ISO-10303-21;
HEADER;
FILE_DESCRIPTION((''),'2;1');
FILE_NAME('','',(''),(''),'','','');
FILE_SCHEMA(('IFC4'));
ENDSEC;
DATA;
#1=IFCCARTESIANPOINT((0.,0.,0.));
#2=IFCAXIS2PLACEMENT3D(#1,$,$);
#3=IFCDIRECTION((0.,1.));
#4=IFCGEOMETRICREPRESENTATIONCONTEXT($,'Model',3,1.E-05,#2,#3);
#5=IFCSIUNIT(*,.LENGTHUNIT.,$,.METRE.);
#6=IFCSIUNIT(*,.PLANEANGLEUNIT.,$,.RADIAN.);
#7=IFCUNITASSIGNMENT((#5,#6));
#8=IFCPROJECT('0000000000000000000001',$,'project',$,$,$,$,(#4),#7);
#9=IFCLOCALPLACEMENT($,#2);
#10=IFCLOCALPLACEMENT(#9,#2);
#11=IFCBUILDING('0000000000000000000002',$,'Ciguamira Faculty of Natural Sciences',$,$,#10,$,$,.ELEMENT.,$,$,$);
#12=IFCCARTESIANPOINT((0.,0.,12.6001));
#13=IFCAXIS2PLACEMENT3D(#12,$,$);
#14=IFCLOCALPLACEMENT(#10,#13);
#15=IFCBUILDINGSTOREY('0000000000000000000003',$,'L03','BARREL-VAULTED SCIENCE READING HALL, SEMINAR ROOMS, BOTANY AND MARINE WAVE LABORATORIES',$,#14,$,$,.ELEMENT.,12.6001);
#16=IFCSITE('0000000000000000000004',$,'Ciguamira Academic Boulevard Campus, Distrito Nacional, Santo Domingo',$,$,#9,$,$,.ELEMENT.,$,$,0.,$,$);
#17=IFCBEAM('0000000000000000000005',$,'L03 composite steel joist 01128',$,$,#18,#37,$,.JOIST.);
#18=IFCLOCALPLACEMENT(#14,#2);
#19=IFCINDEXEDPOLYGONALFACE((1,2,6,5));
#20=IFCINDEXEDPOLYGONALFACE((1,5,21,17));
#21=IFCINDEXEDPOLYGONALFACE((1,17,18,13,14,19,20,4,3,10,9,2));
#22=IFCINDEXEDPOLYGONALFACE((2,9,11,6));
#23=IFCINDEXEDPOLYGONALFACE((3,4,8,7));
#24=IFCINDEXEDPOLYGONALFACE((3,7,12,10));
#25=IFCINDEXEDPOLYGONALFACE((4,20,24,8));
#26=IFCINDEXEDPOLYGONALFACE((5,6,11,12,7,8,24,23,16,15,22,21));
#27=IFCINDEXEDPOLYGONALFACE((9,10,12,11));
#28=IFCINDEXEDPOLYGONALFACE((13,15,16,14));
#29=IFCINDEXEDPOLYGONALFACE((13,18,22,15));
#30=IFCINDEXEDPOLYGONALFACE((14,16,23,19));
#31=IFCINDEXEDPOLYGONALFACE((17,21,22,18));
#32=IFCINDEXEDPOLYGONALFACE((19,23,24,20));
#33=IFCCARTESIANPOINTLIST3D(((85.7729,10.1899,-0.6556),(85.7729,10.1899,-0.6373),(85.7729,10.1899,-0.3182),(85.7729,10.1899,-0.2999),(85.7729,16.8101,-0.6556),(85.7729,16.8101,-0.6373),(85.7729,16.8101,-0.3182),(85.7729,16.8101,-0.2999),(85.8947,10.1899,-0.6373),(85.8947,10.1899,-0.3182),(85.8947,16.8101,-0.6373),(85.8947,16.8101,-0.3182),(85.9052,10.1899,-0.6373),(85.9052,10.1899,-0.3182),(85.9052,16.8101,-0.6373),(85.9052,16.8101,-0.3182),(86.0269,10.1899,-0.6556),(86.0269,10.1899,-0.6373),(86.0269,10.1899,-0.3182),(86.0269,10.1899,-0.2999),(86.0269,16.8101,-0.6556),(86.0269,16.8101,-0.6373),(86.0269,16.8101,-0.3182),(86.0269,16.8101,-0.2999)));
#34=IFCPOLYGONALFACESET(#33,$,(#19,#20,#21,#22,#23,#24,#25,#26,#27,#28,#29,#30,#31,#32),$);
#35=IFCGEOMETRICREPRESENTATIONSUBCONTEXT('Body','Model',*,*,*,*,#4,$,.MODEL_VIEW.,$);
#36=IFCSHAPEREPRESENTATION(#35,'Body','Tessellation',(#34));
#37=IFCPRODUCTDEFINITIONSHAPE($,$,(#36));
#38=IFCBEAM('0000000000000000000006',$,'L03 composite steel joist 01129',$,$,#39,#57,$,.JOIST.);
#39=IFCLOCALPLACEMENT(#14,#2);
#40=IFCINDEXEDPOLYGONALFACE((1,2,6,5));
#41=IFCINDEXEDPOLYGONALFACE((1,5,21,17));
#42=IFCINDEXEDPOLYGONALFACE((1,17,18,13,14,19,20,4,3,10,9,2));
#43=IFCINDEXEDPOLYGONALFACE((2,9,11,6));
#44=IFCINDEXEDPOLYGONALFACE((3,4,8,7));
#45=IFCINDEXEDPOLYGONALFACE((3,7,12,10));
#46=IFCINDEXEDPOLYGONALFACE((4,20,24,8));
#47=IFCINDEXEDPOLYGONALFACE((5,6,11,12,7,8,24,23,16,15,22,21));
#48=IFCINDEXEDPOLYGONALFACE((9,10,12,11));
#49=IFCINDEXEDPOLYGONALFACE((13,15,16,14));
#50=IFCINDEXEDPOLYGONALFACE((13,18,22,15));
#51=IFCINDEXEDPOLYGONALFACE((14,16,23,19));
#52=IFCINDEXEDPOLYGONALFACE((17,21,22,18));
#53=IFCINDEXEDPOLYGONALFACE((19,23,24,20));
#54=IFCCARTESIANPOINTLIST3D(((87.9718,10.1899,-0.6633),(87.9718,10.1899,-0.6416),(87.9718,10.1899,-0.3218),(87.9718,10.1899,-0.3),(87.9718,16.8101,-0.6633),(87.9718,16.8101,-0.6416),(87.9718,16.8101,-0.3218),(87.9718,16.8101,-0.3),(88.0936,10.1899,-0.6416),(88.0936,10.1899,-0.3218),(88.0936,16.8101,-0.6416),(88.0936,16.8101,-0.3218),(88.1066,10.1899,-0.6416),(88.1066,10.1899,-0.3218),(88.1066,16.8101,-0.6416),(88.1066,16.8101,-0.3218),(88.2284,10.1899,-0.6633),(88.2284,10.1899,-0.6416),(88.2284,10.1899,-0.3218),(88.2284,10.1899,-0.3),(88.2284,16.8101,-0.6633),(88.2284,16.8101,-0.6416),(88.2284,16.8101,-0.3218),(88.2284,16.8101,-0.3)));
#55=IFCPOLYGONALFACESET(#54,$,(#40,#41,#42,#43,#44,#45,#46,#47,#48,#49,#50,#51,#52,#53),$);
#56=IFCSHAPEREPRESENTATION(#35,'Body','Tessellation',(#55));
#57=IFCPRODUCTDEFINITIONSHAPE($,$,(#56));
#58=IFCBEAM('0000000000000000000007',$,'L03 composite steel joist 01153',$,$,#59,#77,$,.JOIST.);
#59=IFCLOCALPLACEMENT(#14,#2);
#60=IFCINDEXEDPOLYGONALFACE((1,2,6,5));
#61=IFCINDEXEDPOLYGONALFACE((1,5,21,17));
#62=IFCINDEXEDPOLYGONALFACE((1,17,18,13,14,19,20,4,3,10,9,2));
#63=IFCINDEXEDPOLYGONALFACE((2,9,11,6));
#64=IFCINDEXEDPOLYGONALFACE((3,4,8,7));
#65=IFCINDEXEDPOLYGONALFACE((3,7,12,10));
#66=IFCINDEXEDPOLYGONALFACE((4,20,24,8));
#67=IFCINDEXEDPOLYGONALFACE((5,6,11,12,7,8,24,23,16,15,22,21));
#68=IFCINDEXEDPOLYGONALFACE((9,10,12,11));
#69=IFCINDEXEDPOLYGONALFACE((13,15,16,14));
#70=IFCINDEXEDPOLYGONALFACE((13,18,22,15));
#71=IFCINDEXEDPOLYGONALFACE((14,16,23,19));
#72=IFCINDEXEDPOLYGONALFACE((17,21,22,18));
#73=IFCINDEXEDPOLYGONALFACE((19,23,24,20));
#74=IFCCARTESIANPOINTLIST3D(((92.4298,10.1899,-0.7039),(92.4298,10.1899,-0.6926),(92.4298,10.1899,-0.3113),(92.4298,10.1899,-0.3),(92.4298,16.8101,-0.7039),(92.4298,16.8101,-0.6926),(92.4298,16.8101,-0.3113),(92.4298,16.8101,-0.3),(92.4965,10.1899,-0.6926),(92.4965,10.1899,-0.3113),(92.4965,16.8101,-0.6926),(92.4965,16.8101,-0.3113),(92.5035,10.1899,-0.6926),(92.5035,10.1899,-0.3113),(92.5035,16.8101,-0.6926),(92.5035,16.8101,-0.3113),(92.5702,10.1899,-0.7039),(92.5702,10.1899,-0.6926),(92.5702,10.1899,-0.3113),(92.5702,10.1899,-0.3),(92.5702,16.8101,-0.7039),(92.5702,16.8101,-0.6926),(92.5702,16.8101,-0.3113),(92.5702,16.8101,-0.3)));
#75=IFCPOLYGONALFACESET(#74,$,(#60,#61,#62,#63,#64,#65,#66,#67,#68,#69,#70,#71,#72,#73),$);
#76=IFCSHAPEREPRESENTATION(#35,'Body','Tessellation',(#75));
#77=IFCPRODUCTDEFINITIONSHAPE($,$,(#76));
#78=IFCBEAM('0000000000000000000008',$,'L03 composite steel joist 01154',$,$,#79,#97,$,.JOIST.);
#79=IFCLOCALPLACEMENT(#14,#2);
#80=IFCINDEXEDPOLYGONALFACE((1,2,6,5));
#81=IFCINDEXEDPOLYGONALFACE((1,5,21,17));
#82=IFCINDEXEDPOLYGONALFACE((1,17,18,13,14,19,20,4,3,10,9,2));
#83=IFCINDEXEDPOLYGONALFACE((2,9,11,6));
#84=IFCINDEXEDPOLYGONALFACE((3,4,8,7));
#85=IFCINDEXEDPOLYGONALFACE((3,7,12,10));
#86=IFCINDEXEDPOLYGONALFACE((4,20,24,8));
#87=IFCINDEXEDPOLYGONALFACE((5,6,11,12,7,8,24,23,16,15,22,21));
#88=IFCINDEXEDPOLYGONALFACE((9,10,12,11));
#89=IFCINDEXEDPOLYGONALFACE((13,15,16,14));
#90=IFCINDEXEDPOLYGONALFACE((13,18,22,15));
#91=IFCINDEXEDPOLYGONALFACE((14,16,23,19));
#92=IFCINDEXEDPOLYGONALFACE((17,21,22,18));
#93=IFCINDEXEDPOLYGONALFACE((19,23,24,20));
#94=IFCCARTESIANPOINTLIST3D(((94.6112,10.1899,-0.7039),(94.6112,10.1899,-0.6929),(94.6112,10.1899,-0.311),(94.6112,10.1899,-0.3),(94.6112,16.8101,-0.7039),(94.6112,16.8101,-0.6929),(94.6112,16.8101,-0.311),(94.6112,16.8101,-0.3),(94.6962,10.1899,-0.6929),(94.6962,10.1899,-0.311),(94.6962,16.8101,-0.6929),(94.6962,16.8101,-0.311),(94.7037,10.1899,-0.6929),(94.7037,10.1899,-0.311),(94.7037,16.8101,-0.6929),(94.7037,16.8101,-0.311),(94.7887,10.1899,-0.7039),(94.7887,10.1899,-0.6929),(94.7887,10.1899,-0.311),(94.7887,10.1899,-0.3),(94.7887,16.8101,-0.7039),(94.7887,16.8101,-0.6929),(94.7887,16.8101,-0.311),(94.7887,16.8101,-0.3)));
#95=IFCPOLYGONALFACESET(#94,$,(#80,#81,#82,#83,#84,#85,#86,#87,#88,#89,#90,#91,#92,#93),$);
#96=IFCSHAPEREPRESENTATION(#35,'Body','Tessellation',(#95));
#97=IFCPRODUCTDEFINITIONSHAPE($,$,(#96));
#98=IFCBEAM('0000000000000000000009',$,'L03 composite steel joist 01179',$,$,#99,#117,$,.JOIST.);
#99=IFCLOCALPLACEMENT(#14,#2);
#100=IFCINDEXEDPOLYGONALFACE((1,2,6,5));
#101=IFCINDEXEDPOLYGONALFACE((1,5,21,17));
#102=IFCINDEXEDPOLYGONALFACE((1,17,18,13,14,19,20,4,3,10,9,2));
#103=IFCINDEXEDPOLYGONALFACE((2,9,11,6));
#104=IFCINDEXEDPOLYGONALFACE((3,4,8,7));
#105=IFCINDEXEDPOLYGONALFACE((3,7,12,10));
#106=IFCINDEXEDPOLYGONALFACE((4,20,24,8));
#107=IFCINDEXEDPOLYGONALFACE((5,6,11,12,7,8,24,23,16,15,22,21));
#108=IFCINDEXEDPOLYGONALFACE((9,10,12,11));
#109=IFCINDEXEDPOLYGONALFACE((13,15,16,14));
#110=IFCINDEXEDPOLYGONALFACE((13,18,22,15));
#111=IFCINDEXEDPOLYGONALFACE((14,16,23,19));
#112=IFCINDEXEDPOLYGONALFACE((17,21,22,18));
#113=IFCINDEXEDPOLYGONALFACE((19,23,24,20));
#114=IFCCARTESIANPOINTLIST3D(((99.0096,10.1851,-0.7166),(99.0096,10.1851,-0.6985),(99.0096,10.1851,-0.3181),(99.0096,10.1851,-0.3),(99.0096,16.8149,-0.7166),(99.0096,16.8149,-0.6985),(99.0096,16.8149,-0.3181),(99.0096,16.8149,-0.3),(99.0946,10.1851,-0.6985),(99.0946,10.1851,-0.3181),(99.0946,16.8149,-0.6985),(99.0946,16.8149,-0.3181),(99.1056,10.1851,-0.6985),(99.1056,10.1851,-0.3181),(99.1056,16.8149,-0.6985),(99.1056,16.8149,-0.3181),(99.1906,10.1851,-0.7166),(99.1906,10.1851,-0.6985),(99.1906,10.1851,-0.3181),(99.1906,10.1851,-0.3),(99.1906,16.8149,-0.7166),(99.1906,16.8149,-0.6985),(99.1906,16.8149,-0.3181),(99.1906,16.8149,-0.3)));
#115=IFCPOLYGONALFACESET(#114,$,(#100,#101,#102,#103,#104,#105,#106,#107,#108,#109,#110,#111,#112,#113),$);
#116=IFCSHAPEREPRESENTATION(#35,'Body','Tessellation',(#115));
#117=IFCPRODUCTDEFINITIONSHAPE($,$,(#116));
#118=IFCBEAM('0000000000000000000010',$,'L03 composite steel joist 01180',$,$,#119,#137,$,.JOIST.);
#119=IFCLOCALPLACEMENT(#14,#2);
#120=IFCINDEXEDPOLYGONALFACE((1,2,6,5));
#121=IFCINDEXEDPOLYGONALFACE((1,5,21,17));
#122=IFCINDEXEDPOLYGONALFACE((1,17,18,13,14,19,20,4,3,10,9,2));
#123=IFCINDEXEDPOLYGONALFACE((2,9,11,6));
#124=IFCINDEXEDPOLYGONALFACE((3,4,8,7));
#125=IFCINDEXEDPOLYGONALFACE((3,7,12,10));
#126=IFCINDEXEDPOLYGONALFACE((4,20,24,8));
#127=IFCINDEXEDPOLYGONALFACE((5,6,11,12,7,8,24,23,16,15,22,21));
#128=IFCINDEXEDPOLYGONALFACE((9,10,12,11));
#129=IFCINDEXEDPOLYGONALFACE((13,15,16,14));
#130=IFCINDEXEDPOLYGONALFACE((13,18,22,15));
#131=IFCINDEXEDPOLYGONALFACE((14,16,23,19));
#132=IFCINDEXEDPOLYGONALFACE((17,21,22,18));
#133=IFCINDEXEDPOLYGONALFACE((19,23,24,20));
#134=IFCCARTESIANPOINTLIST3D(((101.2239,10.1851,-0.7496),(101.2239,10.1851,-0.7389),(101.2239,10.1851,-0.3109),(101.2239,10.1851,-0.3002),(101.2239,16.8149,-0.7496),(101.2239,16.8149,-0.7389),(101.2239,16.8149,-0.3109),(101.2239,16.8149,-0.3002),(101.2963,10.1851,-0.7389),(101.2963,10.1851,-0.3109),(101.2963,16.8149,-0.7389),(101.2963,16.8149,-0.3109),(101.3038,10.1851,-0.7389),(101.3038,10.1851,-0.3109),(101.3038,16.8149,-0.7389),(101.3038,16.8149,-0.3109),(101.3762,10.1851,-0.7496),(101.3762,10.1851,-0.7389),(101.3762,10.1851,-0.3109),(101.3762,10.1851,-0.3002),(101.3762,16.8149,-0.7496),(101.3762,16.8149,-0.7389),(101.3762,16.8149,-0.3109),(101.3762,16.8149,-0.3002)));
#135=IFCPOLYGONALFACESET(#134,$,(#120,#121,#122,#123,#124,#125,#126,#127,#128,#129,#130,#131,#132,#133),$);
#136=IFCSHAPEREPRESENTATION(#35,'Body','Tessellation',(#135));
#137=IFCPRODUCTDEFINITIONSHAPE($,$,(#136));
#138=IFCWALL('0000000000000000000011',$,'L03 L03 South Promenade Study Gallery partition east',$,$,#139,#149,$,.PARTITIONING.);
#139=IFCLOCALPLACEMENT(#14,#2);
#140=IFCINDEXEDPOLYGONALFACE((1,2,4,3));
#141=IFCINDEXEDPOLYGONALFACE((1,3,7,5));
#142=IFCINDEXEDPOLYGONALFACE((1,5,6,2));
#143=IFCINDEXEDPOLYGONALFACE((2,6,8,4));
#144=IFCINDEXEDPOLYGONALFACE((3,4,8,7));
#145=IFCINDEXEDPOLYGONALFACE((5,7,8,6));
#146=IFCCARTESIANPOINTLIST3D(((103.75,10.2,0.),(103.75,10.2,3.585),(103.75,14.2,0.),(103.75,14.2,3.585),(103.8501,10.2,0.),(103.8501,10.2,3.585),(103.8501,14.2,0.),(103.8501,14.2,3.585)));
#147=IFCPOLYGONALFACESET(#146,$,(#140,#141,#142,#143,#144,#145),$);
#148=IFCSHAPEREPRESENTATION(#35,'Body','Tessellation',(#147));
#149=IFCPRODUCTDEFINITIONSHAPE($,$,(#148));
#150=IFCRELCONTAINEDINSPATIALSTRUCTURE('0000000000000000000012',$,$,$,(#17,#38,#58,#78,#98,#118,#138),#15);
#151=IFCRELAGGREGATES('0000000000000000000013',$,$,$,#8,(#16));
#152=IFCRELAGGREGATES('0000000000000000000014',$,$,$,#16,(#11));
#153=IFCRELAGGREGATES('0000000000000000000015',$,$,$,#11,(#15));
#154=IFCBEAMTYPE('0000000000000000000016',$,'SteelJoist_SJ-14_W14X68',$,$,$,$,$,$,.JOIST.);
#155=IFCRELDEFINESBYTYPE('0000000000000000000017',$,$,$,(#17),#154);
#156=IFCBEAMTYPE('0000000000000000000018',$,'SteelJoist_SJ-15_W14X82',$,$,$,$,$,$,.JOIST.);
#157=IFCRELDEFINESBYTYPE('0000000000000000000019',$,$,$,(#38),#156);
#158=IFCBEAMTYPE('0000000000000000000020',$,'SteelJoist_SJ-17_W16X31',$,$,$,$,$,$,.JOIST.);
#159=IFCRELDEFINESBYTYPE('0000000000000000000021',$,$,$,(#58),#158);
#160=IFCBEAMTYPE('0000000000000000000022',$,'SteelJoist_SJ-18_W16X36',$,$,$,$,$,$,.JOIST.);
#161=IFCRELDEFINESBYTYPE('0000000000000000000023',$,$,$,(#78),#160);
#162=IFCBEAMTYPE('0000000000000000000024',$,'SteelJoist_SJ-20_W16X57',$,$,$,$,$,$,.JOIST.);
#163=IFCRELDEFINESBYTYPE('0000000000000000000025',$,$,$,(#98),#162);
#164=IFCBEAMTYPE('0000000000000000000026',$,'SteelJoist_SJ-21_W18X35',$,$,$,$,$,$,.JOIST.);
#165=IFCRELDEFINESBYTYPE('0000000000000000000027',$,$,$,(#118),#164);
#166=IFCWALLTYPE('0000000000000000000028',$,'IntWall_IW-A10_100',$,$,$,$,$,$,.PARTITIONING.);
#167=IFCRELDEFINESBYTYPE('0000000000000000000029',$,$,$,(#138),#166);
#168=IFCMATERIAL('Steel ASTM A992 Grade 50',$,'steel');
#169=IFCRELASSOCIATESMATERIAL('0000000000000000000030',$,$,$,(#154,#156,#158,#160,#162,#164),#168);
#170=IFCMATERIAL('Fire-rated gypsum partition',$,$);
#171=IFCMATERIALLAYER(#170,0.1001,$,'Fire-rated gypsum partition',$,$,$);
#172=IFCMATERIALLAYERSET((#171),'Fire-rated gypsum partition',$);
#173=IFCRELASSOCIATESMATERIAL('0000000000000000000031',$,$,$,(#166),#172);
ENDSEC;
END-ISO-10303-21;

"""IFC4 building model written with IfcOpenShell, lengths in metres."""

from ifc_helpers import new_model, si_unit, direction, frame, frame_2d, origin, origin_2d, place, context, subcontext, project, spatial, rectangle, i_section, extrude, material, layer, layer_set, material_profile, profile_set, type_object, element, save


model = new_model("IFC4")

# Units and contexts
model_context = context("Model", 3, precision=1e-05, world=origin(), true_north=direction((0.0, 1.0)))
body_context = subcontext(model_context, "Body", "Model", "MODEL_VIEW")
ifc_project = project(units=[si_unit("LENGTHUNIT", "METRE"), si_unit("PLANEANGLEUNIT", "RADIAN")], contexts=[model_context])

# Site, building, storey
site_placement = place(None, origin())
site = spatial("IfcSite", under=ifc_project, at=site_placement, Name="Ciguamira Academic Boulevard Campus, Distrito Nacional, Santo Domingo", CompositionType="ELEMENT", RefElevation=0.0)
building_placement = place(site_placement, origin())
building = spatial("IfcBuilding", under=site, at=building_placement, Name="Ciguamira Faculty of Natural Sciences", CompositionType="ELEMENT")
storey_placement = place(building_placement, frame((0.0, 0.0, 12.6001)))
storey = spatial("IfcBuildingStorey", under=building, at=storey_placement, Name="L03", Description="BARREL-VAULTED SCIENCE READING HALL, SEMINAR ROOMS, BOTANY AND MARINE WAVE LABORATORIES", CompositionType="ELEMENT", Elevation=12.6001)

# Beams
ifc_material_1 = material(Name="Steel ASTM A992 Grade 50", Category="steel")
ifc_material_profile_1 = material_profile(ifc_material_1, i_section(OverallWidth=0.2539, OverallDepth=0.3557, WebThickness=0.0105, FlangeThickness=0.0183, at=origin_2d()), Name="W14X68")
ifc_profile_set_1 = profile_set([ifc_material_profile_1], Name="Steel ASTM A992 Grade 50")
beam_type_1 = type_object("IfcBeamType", Name="SteelJoist_SJ-14_W14X68", PredefinedType="JOIST", material=ifc_profile_set_1)
beam_1_placement = place(storey_placement, frame((85.8999, 10.1899, -0.4778), z_axis=(0.0, 1.0, 0.0), x_axis=(-1.0, 0.0, 0.0)))
element("IfcBeam", 1, at=beam_1_placement, inside=storey, type_object=beam_type_1, Name="L03 composite steel joist 01128", PredefinedType="JOIST", context=body_context, shape_type="SweptSolid", body=[
    extrude(i_section(OverallWidth=0.2539, OverallDepth=0.3557, WebThickness=0.0105, FlangeThickness=0.0183, at=origin_2d()), origin(), (0.0, 0.0, 1.0), 6.6201),
])
ifc_material_profile_2 = material_profile(ifc_material_1, i_section(OverallWidth=0.2566, OverallDepth=0.3633, WebThickness=0.0129, FlangeThickness=0.0217, at=origin_2d()), Name="W14X82")
ifc_profile_set_2 = profile_set([ifc_material_profile_2], Name="Steel ASTM A992 Grade 50")
beam_type_2 = type_object("IfcBeamType", Name="SteelJoist_SJ-15_W14X82", PredefinedType="JOIST", material=ifc_profile_set_2)
beam_2_placement = place(storey_placement, frame((88.1001, 10.1899, -0.4817), z_axis=(0.0, 1.0, 0.0), x_axis=(-1.0, 0.0, 0.0)))
element("IfcBeam", 2, at=beam_2_placement, inside=storey, type_object=beam_type_2, Name="L03 composite steel joist 01129", PredefinedType="JOIST", context=body_context, shape_type="SweptSolid", body=[
    extrude(i_section(OverallWidth=0.2566, OverallDepth=0.3633, WebThickness=0.0129, FlangeThickness=0.0217, at=origin_2d()), origin(), (0.0, 0.0, 1.0), 6.6201),
])
ifc_material_profile_3 = material_profile(ifc_material_1, i_section(OverallWidth=0.1404, OverallDepth=0.4038, WebThickness=0.0071, FlangeThickness=0.0112, at=origin_2d()), Name="W16X31")
ifc_profile_set_3 = profile_set([ifc_material_profile_3], Name="Steel ASTM A992 Grade 50")
beam_type_3 = type_object("IfcBeamType", Name="SteelJoist_SJ-17_W16X31", PredefinedType="JOIST", material=ifc_profile_set_3)
beam_3_placement = place(storey_placement, frame((92.5, 10.1899, -0.502), z_axis=(0.0, 1.0, 0.0), x_axis=(-1.0, 0.0, 0.0)))
element("IfcBeam", 3, at=beam_3_placement, inside=storey, type_object=beam_type_3, Name="L03 composite steel joist 01153", PredefinedType="JOIST", context=body_context, shape_type="SweptSolid", body=[
    extrude(i_section(OverallWidth=0.1404, OverallDepth=0.4038, WebThickness=0.0071, FlangeThickness=0.0112, at=origin_2d()), origin(), (0.0, 0.0, 1.0), 6.6201),
])
ifc_material_profile_4 = material_profile(ifc_material_1, i_section(OverallWidth=0.1775, OverallDepth=0.4038, WebThickness=0.0076, FlangeThickness=0.011, at=origin_2d()), Name="W16X36")
ifc_profile_set_4 = profile_set([ifc_material_profile_4], Name="Steel ASTM A992 Grade 50")
beam_type_4 = type_object("IfcBeamType", Name="SteelJoist_SJ-18_W16X36", PredefinedType="JOIST", material=ifc_profile_set_4)
beam_4_placement = place(storey_placement, frame((94.7, 10.1899, -0.502), z_axis=(0.0, 1.0, 0.0), x_axis=(-1.0, 0.0, 0.0)))
element("IfcBeam", 4, at=beam_4_placement, inside=storey, type_object=beam_type_4, Name="L03 composite steel joist 01154", PredefinedType="JOIST", context=body_context, shape_type="SweptSolid", body=[
    extrude(i_section(OverallWidth=0.1775, OverallDepth=0.4038, WebThickness=0.0076, FlangeThickness=0.011, at=origin_2d()), origin(), (0.0, 0.0, 1.0), 6.6201),
])
ifc_material_profile_5 = material_profile(ifc_material_1, i_section(OverallWidth=0.1809, OverallDepth=0.4165, WebThickness=0.011, FlangeThickness=0.0181, at=origin_2d()), Name="W16X57")
ifc_profile_set_5 = profile_set([ifc_material_profile_5], Name="Steel ASTM A992 Grade 50")
beam_type_5 = type_object("IfcBeamType", Name="SteelJoist_SJ-20_W16X57", PredefinedType="JOIST", material=ifc_profile_set_5)
beam_5_placement = place(storey_placement, frame((99.1001, 10.1851, -0.5083), z_axis=(0.0, 1.0, 0.0), x_axis=(-1.0, 0.0, 0.0)))
element("IfcBeam", 5, at=beam_5_placement, inside=storey, type_object=beam_type_5, Name="L03 composite steel joist 01179", PredefinedType="JOIST", context=body_context, shape_type="SweptSolid", body=[
    extrude(i_section(OverallWidth=0.1809, OverallDepth=0.4165, WebThickness=0.011, FlangeThickness=0.0181, at=origin_2d()), origin(), (0.0, 0.0, 1.0), 6.6299),
])
ifc_material_profile_6 = material_profile(ifc_material_1, i_section(OverallWidth=0.1523, OverallDepth=0.4495, WebThickness=0.0076, FlangeThickness=0.0107, at=origin_2d()), Name="W18X35")
ifc_profile_set_6 = profile_set([ifc_material_profile_6], Name="Steel ASTM A992 Grade 50")
beam_type_6 = type_object("IfcBeamType", Name="SteelJoist_SJ-21_W18X35", PredefinedType="JOIST", material=ifc_profile_set_6)
beam_6_placement = place(storey_placement, frame((101.3, 10.1851, -0.5249), z_axis=(0.0, 1.0, 0.0), x_axis=(-1.0, 0.0, 0.0)))
element("IfcBeam", 6, at=beam_6_placement, inside=storey, type_object=beam_type_6, Name="L03 composite steel joist 01180", PredefinedType="JOIST", context=body_context, shape_type="SweptSolid", body=[
    extrude(i_section(OverallWidth=0.1523, OverallDepth=0.4495, WebThickness=0.0076, FlangeThickness=0.0107, at=origin_2d()), origin(), (0.0, 0.0, 1.0), 6.6299),
])

# Wall
ifc_material_2 = material(Name="Fire-rated gypsum partition")
ifc_layer = layer(ifc_material_2, 0.1001, Name="Fire-rated gypsum partition")
ifc_layer_set = layer_set([ifc_layer], Name="Fire-rated gypsum partition")
wall_type = type_object("IfcWallType", Name="IntWall_IW-A10_100", PredefinedType="PARTITIONING", material=ifc_layer_set)
wall_placement = place(storey_placement, frame((103.8, 10.2, 0.0), z_axis=(0.0, 0.0, 1.0), x_axis=(0.0, 1.0, 0.0)))
element("IfcWall", 7, at=wall_placement, inside=storey, type_object=wall_type, Name="L03 L03 South Promenade Study Gallery partition east", PredefinedType="PARTITIONING", context=body_context, shape_type="SweptSolid", body=[
    extrude(rectangle(XDim=4.0, YDim=0.1001, at=frame_2d((2.0, 0.0))), origin(), (0.0, 0.0, 1.0), 3.585),
])

save(model, "model.ifc")
